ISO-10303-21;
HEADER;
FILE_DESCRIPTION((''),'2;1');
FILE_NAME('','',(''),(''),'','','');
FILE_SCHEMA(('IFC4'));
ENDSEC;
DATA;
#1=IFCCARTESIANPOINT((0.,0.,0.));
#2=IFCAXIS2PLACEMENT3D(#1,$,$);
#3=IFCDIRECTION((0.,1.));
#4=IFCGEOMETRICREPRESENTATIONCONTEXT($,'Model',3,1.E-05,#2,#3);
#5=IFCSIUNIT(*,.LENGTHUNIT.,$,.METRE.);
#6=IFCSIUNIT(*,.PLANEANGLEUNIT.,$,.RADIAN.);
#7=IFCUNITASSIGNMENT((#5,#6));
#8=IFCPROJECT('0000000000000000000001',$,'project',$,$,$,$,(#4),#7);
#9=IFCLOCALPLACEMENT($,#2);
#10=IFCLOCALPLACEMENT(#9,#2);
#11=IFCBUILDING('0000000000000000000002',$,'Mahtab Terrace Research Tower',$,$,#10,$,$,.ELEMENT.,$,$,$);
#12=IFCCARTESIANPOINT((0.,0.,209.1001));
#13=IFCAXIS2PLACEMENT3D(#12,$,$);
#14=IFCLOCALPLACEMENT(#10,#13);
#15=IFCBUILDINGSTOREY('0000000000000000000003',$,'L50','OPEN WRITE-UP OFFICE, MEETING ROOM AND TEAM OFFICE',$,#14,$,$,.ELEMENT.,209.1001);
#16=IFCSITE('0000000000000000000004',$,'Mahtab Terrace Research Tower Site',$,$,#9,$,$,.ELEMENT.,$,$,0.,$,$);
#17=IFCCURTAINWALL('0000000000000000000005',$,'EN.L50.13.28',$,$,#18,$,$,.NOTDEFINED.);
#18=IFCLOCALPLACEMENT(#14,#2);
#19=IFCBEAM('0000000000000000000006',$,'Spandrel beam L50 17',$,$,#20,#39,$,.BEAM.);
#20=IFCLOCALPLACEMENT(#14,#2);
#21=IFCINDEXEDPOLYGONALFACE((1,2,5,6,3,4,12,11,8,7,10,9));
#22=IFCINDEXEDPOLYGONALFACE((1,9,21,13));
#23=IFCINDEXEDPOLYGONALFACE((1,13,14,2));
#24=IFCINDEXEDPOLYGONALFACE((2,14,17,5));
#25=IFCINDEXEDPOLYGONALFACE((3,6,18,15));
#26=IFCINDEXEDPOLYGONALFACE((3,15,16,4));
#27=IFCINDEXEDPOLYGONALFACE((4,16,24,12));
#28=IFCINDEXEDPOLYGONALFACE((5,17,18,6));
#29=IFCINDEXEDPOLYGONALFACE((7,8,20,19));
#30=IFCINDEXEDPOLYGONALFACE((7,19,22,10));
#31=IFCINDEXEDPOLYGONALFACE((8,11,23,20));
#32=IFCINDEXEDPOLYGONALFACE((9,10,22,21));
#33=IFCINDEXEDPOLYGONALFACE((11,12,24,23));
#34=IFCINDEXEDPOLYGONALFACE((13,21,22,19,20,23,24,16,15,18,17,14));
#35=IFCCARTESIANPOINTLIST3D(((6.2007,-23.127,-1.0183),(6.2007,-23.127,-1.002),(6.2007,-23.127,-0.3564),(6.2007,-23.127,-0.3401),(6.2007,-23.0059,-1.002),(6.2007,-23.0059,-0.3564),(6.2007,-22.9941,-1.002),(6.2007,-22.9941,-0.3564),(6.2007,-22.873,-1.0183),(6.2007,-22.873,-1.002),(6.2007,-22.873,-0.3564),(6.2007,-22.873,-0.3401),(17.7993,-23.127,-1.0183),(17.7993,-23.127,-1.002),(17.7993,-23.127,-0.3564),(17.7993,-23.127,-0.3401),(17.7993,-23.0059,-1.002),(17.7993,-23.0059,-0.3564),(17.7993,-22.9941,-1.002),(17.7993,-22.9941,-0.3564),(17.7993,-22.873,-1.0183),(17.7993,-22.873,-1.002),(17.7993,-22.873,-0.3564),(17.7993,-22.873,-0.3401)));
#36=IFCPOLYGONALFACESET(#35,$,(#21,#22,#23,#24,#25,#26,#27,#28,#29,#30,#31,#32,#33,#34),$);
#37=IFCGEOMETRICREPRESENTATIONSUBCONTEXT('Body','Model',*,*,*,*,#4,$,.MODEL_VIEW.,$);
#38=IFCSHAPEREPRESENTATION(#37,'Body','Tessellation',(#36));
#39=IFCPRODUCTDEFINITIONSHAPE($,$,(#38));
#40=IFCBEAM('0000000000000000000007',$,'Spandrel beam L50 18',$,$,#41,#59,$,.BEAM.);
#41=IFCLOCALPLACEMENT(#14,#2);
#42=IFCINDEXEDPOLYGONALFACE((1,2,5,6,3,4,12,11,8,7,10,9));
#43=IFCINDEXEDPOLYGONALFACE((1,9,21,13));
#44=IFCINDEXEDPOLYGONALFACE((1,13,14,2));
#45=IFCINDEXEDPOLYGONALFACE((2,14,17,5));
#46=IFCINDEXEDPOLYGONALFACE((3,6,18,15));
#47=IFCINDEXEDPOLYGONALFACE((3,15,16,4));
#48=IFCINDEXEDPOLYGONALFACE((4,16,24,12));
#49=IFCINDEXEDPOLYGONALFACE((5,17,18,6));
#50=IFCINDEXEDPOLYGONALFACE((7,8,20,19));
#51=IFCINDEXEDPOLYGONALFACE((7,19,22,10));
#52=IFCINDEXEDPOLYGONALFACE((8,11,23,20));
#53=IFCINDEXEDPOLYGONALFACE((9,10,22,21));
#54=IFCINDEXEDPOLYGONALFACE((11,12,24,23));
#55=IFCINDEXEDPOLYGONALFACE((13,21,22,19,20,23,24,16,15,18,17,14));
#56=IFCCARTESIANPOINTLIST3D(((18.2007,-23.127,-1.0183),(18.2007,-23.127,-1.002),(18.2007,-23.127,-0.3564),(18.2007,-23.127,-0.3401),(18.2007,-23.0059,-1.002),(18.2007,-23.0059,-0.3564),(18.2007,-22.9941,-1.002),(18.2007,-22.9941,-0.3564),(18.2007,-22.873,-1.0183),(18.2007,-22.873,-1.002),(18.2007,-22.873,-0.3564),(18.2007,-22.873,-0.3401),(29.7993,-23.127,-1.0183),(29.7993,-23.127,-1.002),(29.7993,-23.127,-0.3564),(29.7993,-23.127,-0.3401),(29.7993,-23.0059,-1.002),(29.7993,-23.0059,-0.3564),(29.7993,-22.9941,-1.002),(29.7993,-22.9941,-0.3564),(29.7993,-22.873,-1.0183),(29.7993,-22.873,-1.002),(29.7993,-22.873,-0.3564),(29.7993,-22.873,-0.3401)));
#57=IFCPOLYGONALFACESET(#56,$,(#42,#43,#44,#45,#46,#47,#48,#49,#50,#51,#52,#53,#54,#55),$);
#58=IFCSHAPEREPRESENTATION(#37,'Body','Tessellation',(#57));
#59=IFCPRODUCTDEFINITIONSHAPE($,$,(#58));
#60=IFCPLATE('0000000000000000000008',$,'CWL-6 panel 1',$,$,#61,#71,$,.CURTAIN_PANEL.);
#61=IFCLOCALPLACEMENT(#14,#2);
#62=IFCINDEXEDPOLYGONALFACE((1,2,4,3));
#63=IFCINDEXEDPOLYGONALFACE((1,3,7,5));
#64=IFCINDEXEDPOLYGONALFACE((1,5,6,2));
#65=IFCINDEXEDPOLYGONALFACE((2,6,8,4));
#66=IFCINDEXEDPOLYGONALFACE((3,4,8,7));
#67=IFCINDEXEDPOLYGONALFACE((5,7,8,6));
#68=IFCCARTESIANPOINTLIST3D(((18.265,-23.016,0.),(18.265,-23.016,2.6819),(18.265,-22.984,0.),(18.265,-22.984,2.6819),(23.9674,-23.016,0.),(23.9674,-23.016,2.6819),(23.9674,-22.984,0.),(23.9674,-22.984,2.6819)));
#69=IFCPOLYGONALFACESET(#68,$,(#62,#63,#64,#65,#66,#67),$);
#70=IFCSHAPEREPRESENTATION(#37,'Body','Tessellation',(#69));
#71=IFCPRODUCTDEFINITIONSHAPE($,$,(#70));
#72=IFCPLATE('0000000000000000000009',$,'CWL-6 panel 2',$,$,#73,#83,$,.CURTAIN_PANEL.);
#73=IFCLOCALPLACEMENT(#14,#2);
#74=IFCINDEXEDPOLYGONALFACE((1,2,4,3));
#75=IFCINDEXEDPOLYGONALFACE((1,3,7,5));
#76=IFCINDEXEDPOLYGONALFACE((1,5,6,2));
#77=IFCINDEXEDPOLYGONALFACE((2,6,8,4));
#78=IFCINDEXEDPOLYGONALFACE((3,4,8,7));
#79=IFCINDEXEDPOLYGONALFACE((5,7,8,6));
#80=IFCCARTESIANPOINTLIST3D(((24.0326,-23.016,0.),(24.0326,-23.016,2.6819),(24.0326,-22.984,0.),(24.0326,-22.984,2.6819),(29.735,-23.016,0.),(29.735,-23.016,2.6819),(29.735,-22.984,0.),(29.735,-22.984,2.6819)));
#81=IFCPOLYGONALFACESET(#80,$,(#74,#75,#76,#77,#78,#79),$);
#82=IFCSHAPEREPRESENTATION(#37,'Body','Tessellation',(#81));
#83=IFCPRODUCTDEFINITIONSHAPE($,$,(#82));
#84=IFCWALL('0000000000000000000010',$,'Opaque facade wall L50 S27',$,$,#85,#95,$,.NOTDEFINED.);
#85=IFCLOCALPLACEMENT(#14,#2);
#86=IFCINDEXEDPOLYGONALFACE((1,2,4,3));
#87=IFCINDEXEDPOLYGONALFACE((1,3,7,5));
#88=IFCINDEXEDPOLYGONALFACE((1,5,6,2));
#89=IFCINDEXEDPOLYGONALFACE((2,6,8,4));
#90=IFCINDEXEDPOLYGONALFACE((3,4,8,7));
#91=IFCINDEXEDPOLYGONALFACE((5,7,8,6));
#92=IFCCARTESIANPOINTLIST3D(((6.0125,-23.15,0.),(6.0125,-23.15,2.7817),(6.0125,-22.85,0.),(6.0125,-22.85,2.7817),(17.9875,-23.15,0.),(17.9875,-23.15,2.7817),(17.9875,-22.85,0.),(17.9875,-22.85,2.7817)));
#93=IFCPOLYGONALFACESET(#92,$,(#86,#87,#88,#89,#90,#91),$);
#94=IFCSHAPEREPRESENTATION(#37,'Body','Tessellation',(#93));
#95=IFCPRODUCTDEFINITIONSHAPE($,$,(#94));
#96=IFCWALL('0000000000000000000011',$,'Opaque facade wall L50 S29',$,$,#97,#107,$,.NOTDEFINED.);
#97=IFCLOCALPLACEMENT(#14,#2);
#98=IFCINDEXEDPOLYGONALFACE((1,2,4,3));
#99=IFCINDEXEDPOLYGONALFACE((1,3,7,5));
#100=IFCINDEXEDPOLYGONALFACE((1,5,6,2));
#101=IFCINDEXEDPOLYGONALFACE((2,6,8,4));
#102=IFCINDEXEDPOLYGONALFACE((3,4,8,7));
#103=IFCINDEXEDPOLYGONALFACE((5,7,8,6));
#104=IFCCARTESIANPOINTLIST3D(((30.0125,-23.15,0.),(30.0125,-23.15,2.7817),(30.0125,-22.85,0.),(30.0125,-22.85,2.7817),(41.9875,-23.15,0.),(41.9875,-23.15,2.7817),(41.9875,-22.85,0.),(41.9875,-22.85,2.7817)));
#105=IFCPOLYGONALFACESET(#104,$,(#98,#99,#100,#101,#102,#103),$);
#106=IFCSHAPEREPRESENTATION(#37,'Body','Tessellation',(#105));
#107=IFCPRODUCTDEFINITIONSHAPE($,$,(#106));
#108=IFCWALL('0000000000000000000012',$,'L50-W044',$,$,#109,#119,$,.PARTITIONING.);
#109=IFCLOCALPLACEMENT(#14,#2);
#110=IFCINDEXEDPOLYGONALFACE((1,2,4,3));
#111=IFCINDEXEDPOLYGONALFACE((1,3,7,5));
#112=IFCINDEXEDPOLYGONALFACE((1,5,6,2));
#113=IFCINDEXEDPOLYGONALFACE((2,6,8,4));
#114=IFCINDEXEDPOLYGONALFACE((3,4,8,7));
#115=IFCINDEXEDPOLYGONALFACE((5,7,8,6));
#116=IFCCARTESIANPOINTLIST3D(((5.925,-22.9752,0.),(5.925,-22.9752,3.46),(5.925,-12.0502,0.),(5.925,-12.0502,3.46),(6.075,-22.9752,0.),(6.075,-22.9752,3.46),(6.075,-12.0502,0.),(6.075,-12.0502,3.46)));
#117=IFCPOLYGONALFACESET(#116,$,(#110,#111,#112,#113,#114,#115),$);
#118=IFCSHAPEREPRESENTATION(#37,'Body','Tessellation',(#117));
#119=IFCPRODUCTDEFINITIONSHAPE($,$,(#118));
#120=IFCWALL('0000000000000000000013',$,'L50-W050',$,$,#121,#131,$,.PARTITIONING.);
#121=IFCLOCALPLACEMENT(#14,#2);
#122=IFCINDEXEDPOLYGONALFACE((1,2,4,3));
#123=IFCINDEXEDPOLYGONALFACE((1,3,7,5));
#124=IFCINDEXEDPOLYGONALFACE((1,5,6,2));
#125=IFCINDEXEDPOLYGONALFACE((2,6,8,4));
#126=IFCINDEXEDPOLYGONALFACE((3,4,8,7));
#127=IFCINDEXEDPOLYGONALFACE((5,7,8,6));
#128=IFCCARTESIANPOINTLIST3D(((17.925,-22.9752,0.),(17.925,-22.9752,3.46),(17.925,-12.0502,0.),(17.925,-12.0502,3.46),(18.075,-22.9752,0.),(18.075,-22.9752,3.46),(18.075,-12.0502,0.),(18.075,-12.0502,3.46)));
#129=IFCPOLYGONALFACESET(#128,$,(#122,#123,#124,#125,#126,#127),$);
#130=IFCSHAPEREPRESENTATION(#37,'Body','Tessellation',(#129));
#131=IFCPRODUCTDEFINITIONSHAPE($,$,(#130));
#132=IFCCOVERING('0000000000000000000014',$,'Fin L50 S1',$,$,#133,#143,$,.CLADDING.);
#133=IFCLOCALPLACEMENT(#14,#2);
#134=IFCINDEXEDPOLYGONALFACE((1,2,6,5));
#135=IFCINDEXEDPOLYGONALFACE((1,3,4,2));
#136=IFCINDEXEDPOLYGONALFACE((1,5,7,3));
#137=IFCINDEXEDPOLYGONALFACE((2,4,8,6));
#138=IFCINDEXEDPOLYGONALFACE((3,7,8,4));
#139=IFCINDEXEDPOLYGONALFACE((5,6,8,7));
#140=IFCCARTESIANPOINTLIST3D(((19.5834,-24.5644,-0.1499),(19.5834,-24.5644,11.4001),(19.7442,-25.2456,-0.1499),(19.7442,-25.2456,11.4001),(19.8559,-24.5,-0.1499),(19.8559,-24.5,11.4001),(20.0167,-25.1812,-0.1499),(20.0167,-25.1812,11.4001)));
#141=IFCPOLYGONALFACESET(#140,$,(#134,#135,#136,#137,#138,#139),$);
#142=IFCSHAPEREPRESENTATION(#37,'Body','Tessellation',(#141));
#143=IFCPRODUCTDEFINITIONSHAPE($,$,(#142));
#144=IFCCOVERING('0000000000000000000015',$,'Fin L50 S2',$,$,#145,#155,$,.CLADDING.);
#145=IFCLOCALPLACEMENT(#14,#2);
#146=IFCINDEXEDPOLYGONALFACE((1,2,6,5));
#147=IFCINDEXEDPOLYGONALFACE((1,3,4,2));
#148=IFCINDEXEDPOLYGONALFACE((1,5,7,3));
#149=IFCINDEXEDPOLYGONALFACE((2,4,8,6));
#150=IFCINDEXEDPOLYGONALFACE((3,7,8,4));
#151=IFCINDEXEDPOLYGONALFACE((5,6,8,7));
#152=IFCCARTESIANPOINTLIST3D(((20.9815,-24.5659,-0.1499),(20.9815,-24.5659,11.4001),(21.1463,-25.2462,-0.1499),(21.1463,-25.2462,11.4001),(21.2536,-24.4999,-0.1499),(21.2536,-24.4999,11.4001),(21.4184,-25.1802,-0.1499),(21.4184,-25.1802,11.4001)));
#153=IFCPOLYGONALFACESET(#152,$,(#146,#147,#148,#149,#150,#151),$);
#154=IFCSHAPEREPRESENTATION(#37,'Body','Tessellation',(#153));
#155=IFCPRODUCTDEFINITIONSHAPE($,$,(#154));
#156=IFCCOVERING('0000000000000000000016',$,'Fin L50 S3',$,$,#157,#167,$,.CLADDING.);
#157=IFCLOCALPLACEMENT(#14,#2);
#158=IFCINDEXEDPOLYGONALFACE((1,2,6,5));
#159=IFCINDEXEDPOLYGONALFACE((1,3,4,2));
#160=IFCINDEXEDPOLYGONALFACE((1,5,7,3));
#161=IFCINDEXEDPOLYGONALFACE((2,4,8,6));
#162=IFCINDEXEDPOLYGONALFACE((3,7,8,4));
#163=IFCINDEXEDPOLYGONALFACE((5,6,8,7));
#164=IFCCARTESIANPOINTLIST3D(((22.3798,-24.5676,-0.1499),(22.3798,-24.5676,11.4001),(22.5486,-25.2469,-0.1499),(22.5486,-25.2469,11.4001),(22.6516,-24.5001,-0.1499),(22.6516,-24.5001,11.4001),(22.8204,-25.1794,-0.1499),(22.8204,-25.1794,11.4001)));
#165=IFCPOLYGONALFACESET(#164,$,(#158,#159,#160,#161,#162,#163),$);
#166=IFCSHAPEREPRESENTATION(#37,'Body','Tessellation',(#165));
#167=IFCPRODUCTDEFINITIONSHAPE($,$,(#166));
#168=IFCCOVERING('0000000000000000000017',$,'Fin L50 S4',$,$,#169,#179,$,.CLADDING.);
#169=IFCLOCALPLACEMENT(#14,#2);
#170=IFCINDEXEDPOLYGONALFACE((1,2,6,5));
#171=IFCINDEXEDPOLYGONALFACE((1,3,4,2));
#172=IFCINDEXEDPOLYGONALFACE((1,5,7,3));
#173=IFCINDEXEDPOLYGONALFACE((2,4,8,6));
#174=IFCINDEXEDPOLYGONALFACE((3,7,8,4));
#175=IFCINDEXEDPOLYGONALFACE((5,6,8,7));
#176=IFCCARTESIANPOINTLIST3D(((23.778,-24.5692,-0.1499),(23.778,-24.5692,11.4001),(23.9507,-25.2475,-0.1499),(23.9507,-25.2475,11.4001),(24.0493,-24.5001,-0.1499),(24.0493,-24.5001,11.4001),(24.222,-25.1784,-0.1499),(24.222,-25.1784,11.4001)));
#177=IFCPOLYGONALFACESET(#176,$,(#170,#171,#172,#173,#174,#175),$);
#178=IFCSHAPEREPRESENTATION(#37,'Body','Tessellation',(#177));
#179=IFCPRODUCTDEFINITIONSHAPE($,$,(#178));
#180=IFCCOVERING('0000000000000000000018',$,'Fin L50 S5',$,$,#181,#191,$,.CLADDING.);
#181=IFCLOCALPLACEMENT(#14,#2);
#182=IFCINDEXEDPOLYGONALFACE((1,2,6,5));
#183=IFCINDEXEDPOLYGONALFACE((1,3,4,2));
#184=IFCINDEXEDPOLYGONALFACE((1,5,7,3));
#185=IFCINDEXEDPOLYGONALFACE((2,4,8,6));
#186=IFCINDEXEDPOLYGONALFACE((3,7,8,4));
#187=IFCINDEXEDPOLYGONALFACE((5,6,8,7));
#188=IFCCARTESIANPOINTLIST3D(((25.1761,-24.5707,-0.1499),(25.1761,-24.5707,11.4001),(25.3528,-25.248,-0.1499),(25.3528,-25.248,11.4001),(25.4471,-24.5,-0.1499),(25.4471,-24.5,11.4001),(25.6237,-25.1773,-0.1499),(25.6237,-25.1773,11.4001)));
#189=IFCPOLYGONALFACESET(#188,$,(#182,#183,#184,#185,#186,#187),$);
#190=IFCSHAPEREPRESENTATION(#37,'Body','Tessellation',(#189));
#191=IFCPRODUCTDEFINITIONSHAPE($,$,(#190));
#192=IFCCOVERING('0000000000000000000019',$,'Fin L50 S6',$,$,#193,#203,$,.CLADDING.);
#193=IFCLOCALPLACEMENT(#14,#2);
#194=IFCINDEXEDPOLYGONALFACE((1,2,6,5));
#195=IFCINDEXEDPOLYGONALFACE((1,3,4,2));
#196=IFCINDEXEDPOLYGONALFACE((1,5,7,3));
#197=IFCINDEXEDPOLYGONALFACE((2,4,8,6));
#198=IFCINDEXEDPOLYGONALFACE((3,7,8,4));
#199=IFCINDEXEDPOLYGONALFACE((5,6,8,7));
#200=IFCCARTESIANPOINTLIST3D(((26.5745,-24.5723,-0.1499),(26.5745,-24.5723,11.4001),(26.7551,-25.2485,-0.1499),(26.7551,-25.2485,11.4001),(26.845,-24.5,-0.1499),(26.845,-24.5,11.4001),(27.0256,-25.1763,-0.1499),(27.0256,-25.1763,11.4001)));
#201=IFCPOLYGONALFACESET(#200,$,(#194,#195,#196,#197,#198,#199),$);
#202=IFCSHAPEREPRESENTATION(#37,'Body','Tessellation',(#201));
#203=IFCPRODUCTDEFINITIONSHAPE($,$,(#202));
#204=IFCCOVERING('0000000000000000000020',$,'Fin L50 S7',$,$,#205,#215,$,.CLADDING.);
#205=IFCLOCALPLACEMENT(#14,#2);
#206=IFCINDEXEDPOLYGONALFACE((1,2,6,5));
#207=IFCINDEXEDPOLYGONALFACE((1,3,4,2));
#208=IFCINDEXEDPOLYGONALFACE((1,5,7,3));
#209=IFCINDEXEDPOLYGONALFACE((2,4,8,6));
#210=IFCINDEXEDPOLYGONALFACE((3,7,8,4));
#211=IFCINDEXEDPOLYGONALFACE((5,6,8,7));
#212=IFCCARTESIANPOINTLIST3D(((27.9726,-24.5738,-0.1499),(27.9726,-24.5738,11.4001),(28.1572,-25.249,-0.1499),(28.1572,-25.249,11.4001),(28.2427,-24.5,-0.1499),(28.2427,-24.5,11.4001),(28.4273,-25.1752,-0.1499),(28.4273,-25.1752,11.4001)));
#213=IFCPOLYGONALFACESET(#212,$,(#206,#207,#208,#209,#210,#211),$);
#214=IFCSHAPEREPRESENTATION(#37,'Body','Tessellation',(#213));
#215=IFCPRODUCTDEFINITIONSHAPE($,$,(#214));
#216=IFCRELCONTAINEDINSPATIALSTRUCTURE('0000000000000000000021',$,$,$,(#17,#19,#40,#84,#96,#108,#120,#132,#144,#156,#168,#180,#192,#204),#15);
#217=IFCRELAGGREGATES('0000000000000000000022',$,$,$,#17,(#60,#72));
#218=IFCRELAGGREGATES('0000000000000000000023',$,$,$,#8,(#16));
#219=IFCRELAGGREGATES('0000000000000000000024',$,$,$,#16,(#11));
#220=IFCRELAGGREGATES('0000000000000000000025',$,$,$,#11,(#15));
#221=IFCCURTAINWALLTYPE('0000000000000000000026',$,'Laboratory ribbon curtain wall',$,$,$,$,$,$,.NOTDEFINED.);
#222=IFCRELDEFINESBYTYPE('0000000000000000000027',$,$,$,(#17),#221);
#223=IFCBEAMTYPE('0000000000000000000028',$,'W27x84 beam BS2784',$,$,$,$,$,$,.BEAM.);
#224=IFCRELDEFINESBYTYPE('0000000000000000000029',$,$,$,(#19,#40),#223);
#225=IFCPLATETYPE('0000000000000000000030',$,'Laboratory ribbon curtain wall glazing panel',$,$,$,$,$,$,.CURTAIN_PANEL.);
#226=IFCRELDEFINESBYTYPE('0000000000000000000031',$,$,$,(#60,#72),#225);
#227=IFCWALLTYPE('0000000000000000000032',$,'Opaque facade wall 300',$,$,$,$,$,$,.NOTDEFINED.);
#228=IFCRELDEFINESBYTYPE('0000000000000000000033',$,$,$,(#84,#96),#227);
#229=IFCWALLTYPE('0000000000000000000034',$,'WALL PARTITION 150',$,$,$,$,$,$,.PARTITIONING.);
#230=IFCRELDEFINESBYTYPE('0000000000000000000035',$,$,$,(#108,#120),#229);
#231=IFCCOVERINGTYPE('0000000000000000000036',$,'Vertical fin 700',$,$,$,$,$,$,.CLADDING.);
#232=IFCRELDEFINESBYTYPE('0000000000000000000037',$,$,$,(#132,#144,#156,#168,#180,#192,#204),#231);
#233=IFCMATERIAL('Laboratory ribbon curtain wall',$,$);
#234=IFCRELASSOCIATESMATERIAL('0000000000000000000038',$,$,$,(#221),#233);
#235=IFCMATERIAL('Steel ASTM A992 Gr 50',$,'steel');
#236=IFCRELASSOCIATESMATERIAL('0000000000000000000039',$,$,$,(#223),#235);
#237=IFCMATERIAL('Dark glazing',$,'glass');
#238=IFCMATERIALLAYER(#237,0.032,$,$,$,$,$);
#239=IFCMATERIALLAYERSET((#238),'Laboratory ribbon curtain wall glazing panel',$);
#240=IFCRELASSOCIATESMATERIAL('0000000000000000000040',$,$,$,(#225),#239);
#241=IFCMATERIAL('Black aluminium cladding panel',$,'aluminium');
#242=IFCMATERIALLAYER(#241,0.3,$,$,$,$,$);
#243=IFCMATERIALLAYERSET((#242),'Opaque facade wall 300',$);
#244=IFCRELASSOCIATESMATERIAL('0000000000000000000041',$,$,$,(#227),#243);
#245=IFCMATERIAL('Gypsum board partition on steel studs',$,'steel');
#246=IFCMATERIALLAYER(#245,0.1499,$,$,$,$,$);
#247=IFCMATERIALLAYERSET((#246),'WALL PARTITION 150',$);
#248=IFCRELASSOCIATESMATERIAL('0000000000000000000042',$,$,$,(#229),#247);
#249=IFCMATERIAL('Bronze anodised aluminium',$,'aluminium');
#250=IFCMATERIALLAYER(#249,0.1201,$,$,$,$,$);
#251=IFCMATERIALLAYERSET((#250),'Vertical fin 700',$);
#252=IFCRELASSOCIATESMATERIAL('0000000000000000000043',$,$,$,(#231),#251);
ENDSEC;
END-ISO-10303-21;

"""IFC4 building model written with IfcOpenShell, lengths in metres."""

from ifc_helpers import new_model, si_unit, direction, frame, frame_2d, origin, origin_2d, place, context, subcontext, project, spatial, rectangle, i_section, extrude, material, layer, layer_set, material_profile, profile_set, type_object, element, aggregate, save


model = new_model("IFC4")

# Units and contexts
model_context = context("Model", 3, precision=1e-05, world=origin(), true_north=direction((0.0, 1.0)))
body_context = subcontext(model_context, "Body", "Model", "MODEL_VIEW")
ifc_project = project(units=[si_unit("LENGTHUNIT", "METRE"), si_unit("PLANEANGLEUNIT", "RADIAN")], contexts=[model_context])

# Site, building, storey
site_placement = place(None, origin())
site = spatial("IfcSite", under=ifc_project, at=site_placement, Name="Mahtab Terrace Research Tower Site", CompositionType="ELEMENT", RefElevation=0.0)
building_placement = place(site_placement, origin())
building = spatial("IfcBuilding", under=site, at=building_placement, Name="Mahtab Terrace Research Tower", CompositionType="ELEMENT")
storey_placement = place(building_placement, frame((0.0, 0.0, 209.1001)))
storey = spatial("IfcBuildingStorey", under=building, at=storey_placement, Name="L50", Description="OPEN WRITE-UP OFFICE, MEETING ROOM AND TEAM OFFICE", CompositionType="ELEMENT", Elevation=209.1001)

# Shared definitions
ifc_material_1 = material(Name="Steel ASTM A992 Gr 50", Category="steel")

# Curtain wall
ifc_material_2 = material(Name="Laboratory ribbon curtain wall")
curtain_wall_type = type_object("IfcCurtainWallType", Name="Laboratory ribbon curtain wall", PredefinedType="NOTDEFINED", material=ifc_material_2)
curtain_wall_placement = place(storey_placement, origin())
curtain_wall = element("IfcCurtainWall", 1, at=curtain_wall_placement, inside=storey, type_object=curtain_wall_type, Name="EN.L50.13.28", PredefinedType="NOTDEFINED")

# Beams
ifc_material_profile_1 = material_profile(ifc_material_1, i_section(OverallWidth=0.2539, OverallDepth=0.6782, WebThickness=0.0117, FlangeThickness=0.0164, at=origin_2d()), Name="W27X84")
ifc_profile_set_1 = profile_set([ifc_material_profile_1], Name="Steel ASTM A992 Gr 50")
beam_type = type_object("IfcBeamType", Name="W27x84 beam BS2784", PredefinedType="BEAM", material=ifc_profile_set_1)
for number, where, z_axis, x_axis, name in (
    (2, (6.2007, -23.0, -0.6792), (1.0, 0.0, 0.0), (0.0, 1.0, 0.0), "Spandrel beam L50 17"),
    (3, (18.2007, -23.0, -0.6792), (1.0, 0.0, 0.0), (0.0, 1.0, 0.0), "Spandrel beam L50 18"),
):
    element("IfcBeam", number, at=place(storey_placement, frame(where, z_axis=z_axis, x_axis=x_axis)), inside=storey, type_object=beam_type, Name=name, PredefinedType="BEAM", context=body_context, shape_type="SweptSolid", body=[
        extrude(i_section(OverallWidth=0.2539, OverallDepth=0.6782, WebThickness=0.0117, FlangeThickness=0.0164, at=origin_2d()), origin(), (0.0, 0.0, 1.0), 11.5986),
    ])

# Plates
ifc_material_3 = material(Name="Dark glazing", Category="glass")
ifc_layer_1 = layer(ifc_material_3, 0.032)
ifc_layer_set_1 = layer_set([ifc_layer_1], Name="Laboratory ribbon curtain wall glazing panel")
plate_type = type_object("IfcPlateType", Name="Laboratory ribbon curtain wall glazing panel", PredefinedType="CURTAIN_PANEL", material=ifc_layer_set_1)
plate_1_placement = place(storey_placement, frame((21.1162, -23.0, 0.0), z_axis=(0.0, 0.0, 1.0), x_axis=(1.0, 0.0, 0.0)))
plate_1 = element("IfcPlate", 4, at=plate_1_placement, type_object=plate_type, Name="CWL-6 panel 1", PredefinedType="CURTAIN_PANEL", context=body_context, shape_type="SweptSolid", body=[
    extrude(rectangle(XDim=5.7024, YDim=0.032, at=origin_2d()), origin(), (0.0, 0.0, 1.0), 2.6819),
])
plate_2_placement = place(storey_placement, frame((26.8838, -23.0, 0.0), z_axis=(0.0, 0.0, 1.0), x_axis=(1.0, 0.0, 0.0)))
plate_2 = element("IfcPlate", 5, at=plate_2_placement, type_object=plate_type, Name="CWL-6 panel 2", PredefinedType="CURTAIN_PANEL", context=body_context, shape_type="SweptSolid", body=[
    extrude(rectangle(XDim=5.7024, YDim=0.032, at=origin_2d()), origin(), (0.0, 0.0, 1.0), 2.6819),
])
aggregate(curtain_wall, [plate_1, plate_2])

# Walls
ifc_material_4 = material(Name="Black aluminium cladding panel", Category="aluminium")
ifc_layer_2 = layer(ifc_material_4, 0.3)
ifc_layer_set_2 = layer_set([ifc_layer_2], Name="Opaque facade wall 300")
wall_type_1 = type_object("IfcWallType", Name="Opaque facade wall 300", PredefinedType="NOTDEFINED", material=ifc_layer_set_2)
for number, where, z_axis, x_axis, name in (
    (6, (6.0125, -23.0, 0.0), (0.0, 0.0, 1.0), (1.0, 0.0, 0.0), "Opaque facade wall L50 S27"),
    (7, (30.0125, -23.0, 0.0), (0.0, 0.0, 1.0), (1.0, 0.0, 0.0), "Opaque facade wall L50 S29"),
):
    element("IfcWall", number, at=place(storey_placement, frame(where, z_axis=z_axis, x_axis=x_axis)), inside=storey, type_object=wall_type_1, Name=name, PredefinedType="NOTDEFINED", context=body_context, shape_type="SweptSolid", body=[
        extrude(rectangle(XDim=11.9751, YDim=0.3, at=frame_2d((5.9875, 0.0))), origin(), (0.0, 0.0, 1.0), 2.7817),
    ])
ifc_material_5 = material(Name="Gypsum board partition on steel studs", Category="steel")
ifc_layer_3 = layer(ifc_material_5, 0.1499)
ifc_layer_set_3 = layer_set([ifc_layer_3], Name="WALL PARTITION 150")
wall_type_2 = type_object("IfcWallType", Name="WALL PARTITION 150", PredefinedType="PARTITIONING", material=ifc_layer_set_3)
for number, where, z_axis, x_axis, name in (
    (8, (6.0, -22.9751, 0.0), (0.0, 0.0, 1.0), (0.0, 1.0, 0.0), "L50-W044"),
    (9, (18.0, -22.9751, 0.0), (0.0, 0.0, 1.0), (0.0, 1.0, 0.0), "L50-W050"),
):
    element("IfcWall", number, at=place(storey_placement, frame(where, z_axis=z_axis, x_axis=x_axis)), inside=storey, type_object=wall_type_2, Name=name, PredefinedType="PARTITIONING", context=body_context, shape_type="SweptSolid", body=[
        extrude(rectangle(XDim=10.925, YDim=0.1499, at=frame_2d((5.4624, 0.0))), origin(), (0.0, 0.0, 1.0), 3.46),
    ])

# Coverings
ifc_material_6 = material(Name="Bronze anodised aluminium", Category="aluminium")
ifc_layer_4 = layer(ifc_material_6, 0.1201)
ifc_layer_set_4 = layer_set([ifc_layer_4], Name="Vertical fin 700")
covering_type = type_object("IfcCoveringType", Name="Vertical fin 700", PredefinedType="CLADDING", material=ifc_layer_set_4)
for number, where, z_axis, x_axis, name in (
    (10, (19.8, -24.8728, -0.1499), (0.0, 0.0, 1.0), (0.973236, 0.229807, 0.0), "Fin L50 S1"),
    (11, (21.2, -24.873, -0.1499), (0.0, 0.0, 1.0), (0.971883, 0.235465, 0.0), "Fin L50 S2"),
    (12, (22.6001, -24.8735, -0.1499), (0.0, 0.0, 1.0), (0.970496, 0.241115, 0.0), "Fin L50 S3"),
    (13, (24.0, -24.8738, -0.1499), (0.0, 0.0, 1.0), (0.969077, 0.246757, 0.0), "Fin L50 S4"),
    (14, (25.3999, -24.874, -0.1499), (0.0, 0.0, 1.0), (0.967625, 0.252391, 0.0), "Fin L50 S5"),
    (15, (26.8, -24.8743, -0.1499), (0.0, 0.0, 1.0), (0.966141, 0.258016, 0.0), "Fin L50 S6"),
    (16, (28.2, -24.8745, -0.1499), (0.0, 0.0, 1.0), (0.964623, 0.263633, 0.0), "Fin L50 S7"),
):
    element("IfcCovering", number, at=place(storey_placement, frame(where, z_axis=z_axis, x_axis=x_axis)), inside=storey, type_object=covering_type, Name=name, PredefinedType="CLADDING", context=body_context, shape_type="SweptSolid", body=[
        extrude(rectangle(XDim=0.28, YDim=0.7, at=origin_2d()), origin(), (0.0, 0.0, 1.0), 11.55),
    ])

save(model, "model.ifc")
